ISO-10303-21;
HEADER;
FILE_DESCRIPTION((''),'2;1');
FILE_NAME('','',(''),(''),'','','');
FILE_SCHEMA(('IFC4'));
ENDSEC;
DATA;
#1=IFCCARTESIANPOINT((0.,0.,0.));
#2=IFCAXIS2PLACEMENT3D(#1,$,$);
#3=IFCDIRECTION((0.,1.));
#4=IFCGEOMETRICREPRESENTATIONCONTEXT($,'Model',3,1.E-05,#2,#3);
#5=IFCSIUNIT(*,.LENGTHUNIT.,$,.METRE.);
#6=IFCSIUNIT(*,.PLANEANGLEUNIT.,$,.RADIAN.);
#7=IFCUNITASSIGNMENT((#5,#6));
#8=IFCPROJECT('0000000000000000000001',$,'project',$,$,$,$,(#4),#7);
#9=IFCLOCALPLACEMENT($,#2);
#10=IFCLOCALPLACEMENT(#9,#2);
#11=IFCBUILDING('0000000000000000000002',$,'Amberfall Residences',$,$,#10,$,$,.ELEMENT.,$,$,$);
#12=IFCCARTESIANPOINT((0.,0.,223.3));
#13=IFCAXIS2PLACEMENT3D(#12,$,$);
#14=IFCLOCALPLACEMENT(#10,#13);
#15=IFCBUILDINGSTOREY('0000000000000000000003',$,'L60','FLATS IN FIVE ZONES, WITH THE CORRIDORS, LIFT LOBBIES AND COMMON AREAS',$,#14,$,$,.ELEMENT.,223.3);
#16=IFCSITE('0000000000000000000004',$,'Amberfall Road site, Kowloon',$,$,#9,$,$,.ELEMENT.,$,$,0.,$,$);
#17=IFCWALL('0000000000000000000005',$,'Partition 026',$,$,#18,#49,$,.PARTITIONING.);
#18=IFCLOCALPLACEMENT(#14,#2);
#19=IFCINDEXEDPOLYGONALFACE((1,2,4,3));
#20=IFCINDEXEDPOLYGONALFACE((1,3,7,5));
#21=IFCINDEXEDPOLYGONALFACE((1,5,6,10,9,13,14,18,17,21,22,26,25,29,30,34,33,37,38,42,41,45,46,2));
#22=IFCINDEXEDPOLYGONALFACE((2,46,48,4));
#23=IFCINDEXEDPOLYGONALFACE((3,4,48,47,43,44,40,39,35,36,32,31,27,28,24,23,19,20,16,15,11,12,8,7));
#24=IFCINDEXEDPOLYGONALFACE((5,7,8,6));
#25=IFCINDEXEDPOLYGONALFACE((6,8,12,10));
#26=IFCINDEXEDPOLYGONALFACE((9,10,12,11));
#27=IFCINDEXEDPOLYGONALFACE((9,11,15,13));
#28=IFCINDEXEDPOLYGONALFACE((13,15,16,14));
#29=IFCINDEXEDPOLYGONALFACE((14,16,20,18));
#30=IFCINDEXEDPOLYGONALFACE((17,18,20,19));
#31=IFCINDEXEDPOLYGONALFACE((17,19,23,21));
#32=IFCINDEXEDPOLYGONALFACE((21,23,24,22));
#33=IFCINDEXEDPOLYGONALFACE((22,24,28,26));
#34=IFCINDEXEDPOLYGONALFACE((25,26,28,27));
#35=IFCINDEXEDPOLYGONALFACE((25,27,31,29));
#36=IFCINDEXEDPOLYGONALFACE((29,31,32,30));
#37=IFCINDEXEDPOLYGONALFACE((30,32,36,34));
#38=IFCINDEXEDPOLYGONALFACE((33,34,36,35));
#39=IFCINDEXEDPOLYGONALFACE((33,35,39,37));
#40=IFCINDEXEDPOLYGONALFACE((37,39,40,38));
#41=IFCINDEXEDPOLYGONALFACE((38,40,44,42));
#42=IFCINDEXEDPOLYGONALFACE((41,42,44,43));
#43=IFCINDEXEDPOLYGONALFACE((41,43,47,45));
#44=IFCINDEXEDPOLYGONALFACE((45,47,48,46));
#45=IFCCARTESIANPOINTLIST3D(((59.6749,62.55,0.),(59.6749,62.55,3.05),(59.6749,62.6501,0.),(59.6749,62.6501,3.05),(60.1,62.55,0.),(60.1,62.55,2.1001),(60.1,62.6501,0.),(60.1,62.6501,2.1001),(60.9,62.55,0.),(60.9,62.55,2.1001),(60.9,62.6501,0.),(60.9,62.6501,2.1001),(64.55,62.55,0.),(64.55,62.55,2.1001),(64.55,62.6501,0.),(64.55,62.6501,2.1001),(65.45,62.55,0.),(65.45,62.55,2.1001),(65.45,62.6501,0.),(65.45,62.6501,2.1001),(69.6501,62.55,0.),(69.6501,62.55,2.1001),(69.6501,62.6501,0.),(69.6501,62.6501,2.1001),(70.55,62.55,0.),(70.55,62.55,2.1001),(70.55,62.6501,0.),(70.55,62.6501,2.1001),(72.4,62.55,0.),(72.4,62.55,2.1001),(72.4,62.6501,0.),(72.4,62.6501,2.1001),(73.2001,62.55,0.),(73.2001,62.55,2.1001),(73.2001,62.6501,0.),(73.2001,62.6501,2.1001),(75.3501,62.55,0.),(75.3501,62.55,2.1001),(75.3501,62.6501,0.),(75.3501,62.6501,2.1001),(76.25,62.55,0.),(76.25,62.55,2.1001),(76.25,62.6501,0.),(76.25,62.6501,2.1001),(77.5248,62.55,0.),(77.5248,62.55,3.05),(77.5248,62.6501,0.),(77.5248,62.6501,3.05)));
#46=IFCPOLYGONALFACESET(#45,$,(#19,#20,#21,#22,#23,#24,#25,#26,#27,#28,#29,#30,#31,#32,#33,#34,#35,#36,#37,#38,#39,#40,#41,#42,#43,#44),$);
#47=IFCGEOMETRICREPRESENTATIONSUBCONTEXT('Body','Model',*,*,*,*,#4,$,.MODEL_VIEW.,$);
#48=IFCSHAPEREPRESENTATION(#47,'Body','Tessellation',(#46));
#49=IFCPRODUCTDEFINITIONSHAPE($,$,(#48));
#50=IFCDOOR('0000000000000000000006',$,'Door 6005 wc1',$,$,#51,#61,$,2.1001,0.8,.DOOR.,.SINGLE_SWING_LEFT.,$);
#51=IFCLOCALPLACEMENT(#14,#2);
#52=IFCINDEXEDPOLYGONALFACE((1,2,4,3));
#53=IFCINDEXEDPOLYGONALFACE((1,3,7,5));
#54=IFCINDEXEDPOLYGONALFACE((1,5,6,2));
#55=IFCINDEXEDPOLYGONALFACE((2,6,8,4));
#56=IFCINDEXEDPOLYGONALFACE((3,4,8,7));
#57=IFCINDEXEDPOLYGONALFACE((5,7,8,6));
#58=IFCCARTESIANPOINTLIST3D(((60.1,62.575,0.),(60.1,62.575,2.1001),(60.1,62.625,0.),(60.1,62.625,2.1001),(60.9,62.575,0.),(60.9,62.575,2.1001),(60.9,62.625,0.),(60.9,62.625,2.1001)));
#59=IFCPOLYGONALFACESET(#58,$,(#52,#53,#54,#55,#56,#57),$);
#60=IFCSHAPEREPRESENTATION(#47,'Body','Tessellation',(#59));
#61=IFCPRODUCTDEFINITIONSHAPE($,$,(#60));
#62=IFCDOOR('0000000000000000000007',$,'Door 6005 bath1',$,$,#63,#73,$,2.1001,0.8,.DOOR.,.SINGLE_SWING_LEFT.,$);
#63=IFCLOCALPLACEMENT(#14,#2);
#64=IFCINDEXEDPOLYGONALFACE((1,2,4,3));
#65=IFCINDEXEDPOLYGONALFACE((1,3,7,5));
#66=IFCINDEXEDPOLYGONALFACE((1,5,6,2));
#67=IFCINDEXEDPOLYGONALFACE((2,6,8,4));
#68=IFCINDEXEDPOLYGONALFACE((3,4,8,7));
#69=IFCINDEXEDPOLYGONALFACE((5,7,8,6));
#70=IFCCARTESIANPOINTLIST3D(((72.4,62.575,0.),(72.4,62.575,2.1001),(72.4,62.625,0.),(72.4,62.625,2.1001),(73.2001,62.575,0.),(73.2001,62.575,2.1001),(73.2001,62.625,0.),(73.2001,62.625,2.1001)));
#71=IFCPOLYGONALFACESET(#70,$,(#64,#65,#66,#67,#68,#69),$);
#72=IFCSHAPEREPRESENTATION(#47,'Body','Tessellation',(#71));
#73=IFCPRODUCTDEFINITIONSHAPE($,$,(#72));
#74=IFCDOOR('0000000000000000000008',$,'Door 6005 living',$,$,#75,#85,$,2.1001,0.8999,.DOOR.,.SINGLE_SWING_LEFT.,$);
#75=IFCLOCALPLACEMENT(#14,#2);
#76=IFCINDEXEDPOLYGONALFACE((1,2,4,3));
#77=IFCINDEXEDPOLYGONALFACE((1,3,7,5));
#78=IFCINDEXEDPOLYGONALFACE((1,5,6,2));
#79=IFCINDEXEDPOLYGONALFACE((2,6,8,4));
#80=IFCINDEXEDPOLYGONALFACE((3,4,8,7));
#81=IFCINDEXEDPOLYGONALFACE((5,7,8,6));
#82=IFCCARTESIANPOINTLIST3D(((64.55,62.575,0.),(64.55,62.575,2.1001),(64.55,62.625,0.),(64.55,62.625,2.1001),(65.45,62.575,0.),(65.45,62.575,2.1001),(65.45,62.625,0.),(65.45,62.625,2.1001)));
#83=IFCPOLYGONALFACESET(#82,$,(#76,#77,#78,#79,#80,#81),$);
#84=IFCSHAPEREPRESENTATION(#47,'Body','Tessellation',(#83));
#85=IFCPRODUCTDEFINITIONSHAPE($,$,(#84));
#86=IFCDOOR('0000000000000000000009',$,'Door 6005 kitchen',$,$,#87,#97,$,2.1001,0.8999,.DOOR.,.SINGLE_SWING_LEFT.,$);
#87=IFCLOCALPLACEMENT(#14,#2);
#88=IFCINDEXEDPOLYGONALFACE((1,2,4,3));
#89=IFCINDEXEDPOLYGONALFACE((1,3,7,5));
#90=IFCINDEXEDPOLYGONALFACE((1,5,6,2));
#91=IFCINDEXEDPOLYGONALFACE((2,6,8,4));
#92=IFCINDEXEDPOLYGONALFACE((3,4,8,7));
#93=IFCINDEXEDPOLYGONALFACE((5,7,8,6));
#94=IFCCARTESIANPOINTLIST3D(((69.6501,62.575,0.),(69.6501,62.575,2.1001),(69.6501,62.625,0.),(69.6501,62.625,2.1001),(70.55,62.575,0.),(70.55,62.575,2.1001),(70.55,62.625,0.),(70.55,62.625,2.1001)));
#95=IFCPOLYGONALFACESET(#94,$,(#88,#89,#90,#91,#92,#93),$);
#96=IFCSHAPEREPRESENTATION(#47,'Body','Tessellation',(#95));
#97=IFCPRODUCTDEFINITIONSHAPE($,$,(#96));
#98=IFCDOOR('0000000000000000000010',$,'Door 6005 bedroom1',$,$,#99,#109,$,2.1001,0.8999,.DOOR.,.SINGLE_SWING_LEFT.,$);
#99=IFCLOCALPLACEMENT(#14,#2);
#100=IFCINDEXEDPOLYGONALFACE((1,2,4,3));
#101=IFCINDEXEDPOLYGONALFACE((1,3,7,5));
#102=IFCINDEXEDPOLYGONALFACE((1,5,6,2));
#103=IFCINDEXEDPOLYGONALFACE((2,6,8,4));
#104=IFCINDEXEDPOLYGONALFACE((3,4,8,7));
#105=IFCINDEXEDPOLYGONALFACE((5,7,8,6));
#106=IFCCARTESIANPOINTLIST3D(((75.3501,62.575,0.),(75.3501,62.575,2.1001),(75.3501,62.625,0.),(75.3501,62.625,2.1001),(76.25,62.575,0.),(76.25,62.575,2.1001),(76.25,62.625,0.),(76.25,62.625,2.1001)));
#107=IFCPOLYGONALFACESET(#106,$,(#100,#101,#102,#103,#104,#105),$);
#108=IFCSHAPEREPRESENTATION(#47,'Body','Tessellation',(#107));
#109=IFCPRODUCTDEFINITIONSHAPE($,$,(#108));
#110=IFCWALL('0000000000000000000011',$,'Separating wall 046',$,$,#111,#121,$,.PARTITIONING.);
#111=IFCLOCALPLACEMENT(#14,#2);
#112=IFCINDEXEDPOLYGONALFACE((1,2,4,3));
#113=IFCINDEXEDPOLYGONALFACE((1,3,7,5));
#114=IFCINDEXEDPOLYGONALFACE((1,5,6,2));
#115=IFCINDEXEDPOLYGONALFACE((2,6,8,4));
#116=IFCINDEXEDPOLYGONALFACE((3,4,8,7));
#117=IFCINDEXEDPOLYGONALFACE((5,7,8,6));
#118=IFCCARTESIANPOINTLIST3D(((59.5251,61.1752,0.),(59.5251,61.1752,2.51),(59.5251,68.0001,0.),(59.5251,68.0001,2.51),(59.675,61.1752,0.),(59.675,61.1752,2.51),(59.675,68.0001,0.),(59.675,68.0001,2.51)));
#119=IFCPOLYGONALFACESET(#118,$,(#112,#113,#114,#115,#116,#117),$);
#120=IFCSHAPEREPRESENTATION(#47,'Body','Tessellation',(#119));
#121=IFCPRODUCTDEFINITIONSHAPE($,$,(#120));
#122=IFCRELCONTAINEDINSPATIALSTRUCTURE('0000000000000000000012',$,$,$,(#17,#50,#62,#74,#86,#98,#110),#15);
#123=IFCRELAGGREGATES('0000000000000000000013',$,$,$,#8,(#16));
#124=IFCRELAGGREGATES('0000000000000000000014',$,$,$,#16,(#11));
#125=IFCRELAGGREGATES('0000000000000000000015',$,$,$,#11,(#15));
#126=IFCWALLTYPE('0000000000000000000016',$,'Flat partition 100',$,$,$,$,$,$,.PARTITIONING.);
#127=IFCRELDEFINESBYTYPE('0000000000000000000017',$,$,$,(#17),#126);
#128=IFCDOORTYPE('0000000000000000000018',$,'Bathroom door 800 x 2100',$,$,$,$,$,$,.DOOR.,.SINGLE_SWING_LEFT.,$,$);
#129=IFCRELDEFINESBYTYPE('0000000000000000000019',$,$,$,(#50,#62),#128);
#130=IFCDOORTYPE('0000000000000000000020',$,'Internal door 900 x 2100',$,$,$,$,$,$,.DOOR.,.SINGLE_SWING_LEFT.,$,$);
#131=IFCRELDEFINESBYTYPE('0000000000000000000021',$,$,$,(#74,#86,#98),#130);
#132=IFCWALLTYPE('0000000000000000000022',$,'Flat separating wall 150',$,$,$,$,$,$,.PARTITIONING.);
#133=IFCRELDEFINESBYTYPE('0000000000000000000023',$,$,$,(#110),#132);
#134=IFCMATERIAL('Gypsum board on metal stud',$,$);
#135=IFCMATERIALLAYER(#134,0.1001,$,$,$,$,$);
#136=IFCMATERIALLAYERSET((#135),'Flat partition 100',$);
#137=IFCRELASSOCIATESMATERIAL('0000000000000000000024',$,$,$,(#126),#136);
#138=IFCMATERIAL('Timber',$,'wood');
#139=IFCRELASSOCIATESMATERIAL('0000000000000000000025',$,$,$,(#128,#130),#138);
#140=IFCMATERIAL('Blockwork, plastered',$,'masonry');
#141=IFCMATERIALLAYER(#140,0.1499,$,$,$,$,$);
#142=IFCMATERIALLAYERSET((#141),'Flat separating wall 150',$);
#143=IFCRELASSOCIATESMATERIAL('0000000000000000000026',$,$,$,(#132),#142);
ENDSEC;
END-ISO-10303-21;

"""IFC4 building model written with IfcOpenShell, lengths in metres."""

from ifc_helpers import new_model, si_unit, direction, frame, frame_2d, origin, place, context, subcontext, project, spatial, rectangle, extrude, material, layer, layer_set, type_object, element, fill, save


model = new_model("IFC4")

# Units and contexts
model_context = context("Model", 3, precision=1e-05, world=origin(), true_north=direction((0.0, 1.0)))
body_context = subcontext(model_context, "Body", "Model", "MODEL_VIEW")
ifc_project = project(units=[si_unit("LENGTHUNIT", "METRE"), si_unit("PLANEANGLEUNIT", "RADIAN")], contexts=[model_context])

# Site, building, storey
site_placement = place(None, origin())
site = spatial("IfcSite", under=ifc_project, at=site_placement, Name="Amberfall Road site, Kowloon", CompositionType="ELEMENT", RefElevation=0.0)
building_placement = place(site_placement, origin())
building = spatial("IfcBuilding", under=site, at=building_placement, Name="Amberfall Residences", CompositionType="ELEMENT")
storey_placement = place(building_placement, frame((0.0, 0.0, 223.3)))
storey = spatial("IfcBuildingStorey", under=building, at=storey_placement, Name="L60", Description="FLATS IN FIVE ZONES, WITH THE CORRIDORS, LIFT LOBBIES AND COMMON AREAS", CompositionType="ELEMENT", Elevation=223.3)

# Shared definitions
ifc_material_1 = material(Name="Gypsum board on metal stud")
ifc_layer_1 = layer(ifc_material_1, 0.1001)
ifc_layer_set_1 = layer_set([ifc_layer_1], Name="Flat partition 100")
wall_type_1 = type_object("IfcWallType", Name="Flat partition 100", PredefinedType="PARTITIONING", material=ifc_layer_set_1)

# Wall, openings, doors
wall_1_placement = place(storey_placement, frame((59.675, 62.6001, 0.0), z_axis=(0.0, 0.0, 1.0), x_axis=(1.0, 0.0, 0.0)))
wall_1 = element("IfcWall", 1, at=wall_1_placement, inside=storey, type_object=wall_type_1, Name="Partition 026", PredefinedType="PARTITIONING", context=body_context, shape_type="SweptSolid", body=[
    extrude(rectangle(XDim=17.8499, YDim=0.1001, at=frame_2d((8.9248, 0.0))), origin(), (0.0, 0.0, 1.0), 3.05),
])
opening_1_placement = place(wall_1_placement, frame((4.875, 0.0, 0.0)))
opening_1 = element("IfcOpeningElement", 2, at=opening_1_placement, cuts=wall_1, PredefinedType="OPENING", context=body_context, shape_type="SweptSolid", body=[
    extrude(rectangle(XDim=0.8999, YDim=2.1001, at=frame_2d((0.45, 1.05))), frame((0.0, 0.0601, 0.0), z_axis=(0.0, -1.0, 0.0), x_axis=(1.0, 0.0, 0.0)), (0.0, 0.0, 1.0), 0.1201),
])
opening_2_placement = place(wall_1_placement, frame((9.9751, 0.0, 0.0)))
opening_2 = element("IfcOpeningElement", 3, at=opening_2_placement, cuts=wall_1, PredefinedType="OPENING", context=body_context, shape_type="SweptSolid", body=[
    extrude(rectangle(XDim=0.8999, YDim=2.1001, at=frame_2d((0.45, 1.05))), frame((0.0, 0.0601, 0.0), z_axis=(0.0, -1.0, 0.0), x_axis=(1.0, 0.0, 0.0)), (0.0, 0.0, 1.0), 0.1201),
])
opening_3_placement = place(wall_1_placement, frame((0.425, 0.0, 0.0)))
opening_3 = element("IfcOpeningElement", 4, at=opening_3_placement, cuts=wall_1, PredefinedType="OPENING", context=body_context, shape_type="SweptSolid", body=[
    extrude(rectangle(XDim=0.8, YDim=2.1001, at=frame_2d((0.3999, 1.05))), frame((0.0, 0.0601, 0.0), z_axis=(0.0, -1.0, 0.0), x_axis=(1.0, 0.0, 0.0)), (0.0, 0.0, 1.0), 0.1201),
])
opening_4_placement = place(wall_1_placement, frame((15.675, 0.0, 0.0)))
opening_4 = element("IfcOpeningElement", 5, at=opening_4_placement, cuts=wall_1, PredefinedType="OPENING", context=body_context, shape_type="SweptSolid", body=[
    extrude(rectangle(XDim=0.8999, YDim=2.1001, at=frame_2d((0.45, 1.05))), frame((0.0, 0.0601, 0.0), z_axis=(0.0, -1.0, 0.0), x_axis=(1.0, 0.0, 0.0)), (0.0, 0.0, 1.0), 0.1201),
])
opening_5_placement = place(wall_1_placement, frame((12.7251, 0.0, 0.0)))
opening_5 = element("IfcOpeningElement", 6, at=opening_5_placement, cuts=wall_1, PredefinedType="OPENING", context=body_context, shape_type="SweptSolid", body=[
    extrude(rectangle(XDim=0.8, YDim=2.1001, at=frame_2d((0.3999, 1.05))), frame((0.0, 0.0601, 0.0), z_axis=(0.0, -1.0, 0.0), x_axis=(1.0, 0.0, 0.0)), (0.0, 0.0, 1.0), 0.1201),
])
ifc_material_2 = material(Name="Timber", Category="wood")
door_type_1 = type_object("IfcDoorType", Name="Bathroom door 800 x 2100", OperationType="SINGLE_SWING_LEFT", PredefinedType="DOOR", material=ifc_material_2)
door_1_placement = place(opening_3_placement, origin())
door_1 = element("IfcDoor", 7, at=door_1_placement, inside=storey, type_object=door_type_1, Name="Door 6005 wc1", OperationType="SINGLE_SWING_LEFT", OverallHeight=2.1001, OverallWidth=0.8, PredefinedType="DOOR", context=body_context, shape_type="SweptSolid", body=[
    extrude(rectangle(XDim=0.8, YDim=2.1001, at=frame_2d((0.3999, 1.05))), frame((0.0, 0.0249, 0.0), z_axis=(0.0, -1.0, 0.0), x_axis=(1.0, 0.0, 0.0)), (0.0, 0.0, 1.0), 0.05),
])
fill(opening_3, door_1)
door_2_placement = place(opening_5_placement, origin())
door_2 = element("IfcDoor", 8, at=door_2_placement, inside=storey, type_object=door_type_1, Name="Door 6005 bath1", OperationType="SINGLE_SWING_LEFT", OverallHeight=2.1001, OverallWidth=0.8, PredefinedType="DOOR", context=body_context, shape_type="SweptSolid", body=[
    extrude(rectangle(XDim=0.8, YDim=2.1001, at=frame_2d((0.3999, 1.05))), frame((0.0, 0.0249, 0.0), z_axis=(0.0, -1.0, 0.0), x_axis=(1.0, 0.0, 0.0)), (0.0, 0.0, 1.0), 0.05),
])
fill(opening_5, door_2)
door_type_2 = type_object("IfcDoorType", Name="Internal door 900 x 2100", OperationType="SINGLE_SWING_LEFT", PredefinedType="DOOR", material=ifc_material_2)
door_3_placement = place(opening_1_placement, origin())
door_3 = element("IfcDoor", 9, at=door_3_placement, inside=storey, type_object=door_type_2, Name="Door 6005 living", OperationType="SINGLE_SWING_LEFT", OverallHeight=2.1001, OverallWidth=0.8999, PredefinedType="DOOR", context=body_context, shape_type="SweptSolid", body=[
    extrude(rectangle(XDim=0.8999, YDim=2.1001, at=frame_2d((0.45, 1.05))), frame((0.0, 0.0249, 0.0), z_axis=(0.0, -1.0, 0.0), x_axis=(1.0, 0.0, 0.0)), (0.0, 0.0, 1.0), 0.05),
])
fill(opening_1, door_3)
door_4_placement = place(opening_2_placement, origin())
door_4 = element("IfcDoor", 10, at=door_4_placement, inside=storey, type_object=door_type_2, Name="Door 6005 kitchen", OperationType="SINGLE_SWING_LEFT", OverallHeight=2.1001, OverallWidth=0.8999, PredefinedType="DOOR", context=body_context, shape_type="SweptSolid", body=[
    extrude(rectangle(XDim=0.8999, YDim=2.1001, at=frame_2d((0.45, 1.05))), frame((0.0, 0.0249, 0.0), z_axis=(0.0, -1.0, 0.0), x_axis=(1.0, 0.0, 0.0)), (0.0, 0.0, 1.0), 0.05),
])
fill(opening_2, door_4)
door_5_placement = place(opening_4_placement, origin())
door_5 = element("IfcDoor", 11, at=door_5_placement, inside=storey, type_object=door_type_2, Name="Door 6005 bedroom1", OperationType="SINGLE_SWING_LEFT", OverallHeight=2.1001, OverallWidth=0.8999, PredefinedType="DOOR", context=body_context, shape_type="SweptSolid", body=[
    extrude(rectangle(XDim=0.8999, YDim=2.1001, at=frame_2d((0.45, 1.05))), frame((0.0, 0.0249, 0.0), z_axis=(0.0, -1.0, 0.0), x_axis=(1.0, 0.0, 0.0)), (0.0, 0.0, 1.0), 0.05),
])
fill(opening_4, door_5)

# Wall
ifc_material_3 = material(Name="Blockwork, plastered", Category="masonry")
ifc_layer_2 = layer(ifc_material_3, 0.1499)
ifc_layer_set_2 = layer_set([ifc_layer_2], Name="Flat separating wall 150")
wall_type_2 = type_object("IfcWallType", Name="Flat separating wall 150", PredefinedType="PARTITIONING", material=ifc_layer_set_2)
wall_2_placement = place(storey_placement, frame((59.6001, 61.175, 0.0), z_axis=(0.0, 0.0, 1.0), x_axis=(0.0, 1.0, 0.0)))
element("IfcWall", 12, at=wall_2_placement, inside=storey, type_object=wall_type_2, Name="Separating wall 046", PredefinedType="PARTITIONING", context=body_context, shape_type="SweptSolid", body=[
    extrude(rectangle(XDim=6.825, YDim=0.1499, at=frame_2d((3.4126, 0.0))), origin(), (0.0, 0.0, 1.0), 2.51),
])

save(model, "model.ifc")
